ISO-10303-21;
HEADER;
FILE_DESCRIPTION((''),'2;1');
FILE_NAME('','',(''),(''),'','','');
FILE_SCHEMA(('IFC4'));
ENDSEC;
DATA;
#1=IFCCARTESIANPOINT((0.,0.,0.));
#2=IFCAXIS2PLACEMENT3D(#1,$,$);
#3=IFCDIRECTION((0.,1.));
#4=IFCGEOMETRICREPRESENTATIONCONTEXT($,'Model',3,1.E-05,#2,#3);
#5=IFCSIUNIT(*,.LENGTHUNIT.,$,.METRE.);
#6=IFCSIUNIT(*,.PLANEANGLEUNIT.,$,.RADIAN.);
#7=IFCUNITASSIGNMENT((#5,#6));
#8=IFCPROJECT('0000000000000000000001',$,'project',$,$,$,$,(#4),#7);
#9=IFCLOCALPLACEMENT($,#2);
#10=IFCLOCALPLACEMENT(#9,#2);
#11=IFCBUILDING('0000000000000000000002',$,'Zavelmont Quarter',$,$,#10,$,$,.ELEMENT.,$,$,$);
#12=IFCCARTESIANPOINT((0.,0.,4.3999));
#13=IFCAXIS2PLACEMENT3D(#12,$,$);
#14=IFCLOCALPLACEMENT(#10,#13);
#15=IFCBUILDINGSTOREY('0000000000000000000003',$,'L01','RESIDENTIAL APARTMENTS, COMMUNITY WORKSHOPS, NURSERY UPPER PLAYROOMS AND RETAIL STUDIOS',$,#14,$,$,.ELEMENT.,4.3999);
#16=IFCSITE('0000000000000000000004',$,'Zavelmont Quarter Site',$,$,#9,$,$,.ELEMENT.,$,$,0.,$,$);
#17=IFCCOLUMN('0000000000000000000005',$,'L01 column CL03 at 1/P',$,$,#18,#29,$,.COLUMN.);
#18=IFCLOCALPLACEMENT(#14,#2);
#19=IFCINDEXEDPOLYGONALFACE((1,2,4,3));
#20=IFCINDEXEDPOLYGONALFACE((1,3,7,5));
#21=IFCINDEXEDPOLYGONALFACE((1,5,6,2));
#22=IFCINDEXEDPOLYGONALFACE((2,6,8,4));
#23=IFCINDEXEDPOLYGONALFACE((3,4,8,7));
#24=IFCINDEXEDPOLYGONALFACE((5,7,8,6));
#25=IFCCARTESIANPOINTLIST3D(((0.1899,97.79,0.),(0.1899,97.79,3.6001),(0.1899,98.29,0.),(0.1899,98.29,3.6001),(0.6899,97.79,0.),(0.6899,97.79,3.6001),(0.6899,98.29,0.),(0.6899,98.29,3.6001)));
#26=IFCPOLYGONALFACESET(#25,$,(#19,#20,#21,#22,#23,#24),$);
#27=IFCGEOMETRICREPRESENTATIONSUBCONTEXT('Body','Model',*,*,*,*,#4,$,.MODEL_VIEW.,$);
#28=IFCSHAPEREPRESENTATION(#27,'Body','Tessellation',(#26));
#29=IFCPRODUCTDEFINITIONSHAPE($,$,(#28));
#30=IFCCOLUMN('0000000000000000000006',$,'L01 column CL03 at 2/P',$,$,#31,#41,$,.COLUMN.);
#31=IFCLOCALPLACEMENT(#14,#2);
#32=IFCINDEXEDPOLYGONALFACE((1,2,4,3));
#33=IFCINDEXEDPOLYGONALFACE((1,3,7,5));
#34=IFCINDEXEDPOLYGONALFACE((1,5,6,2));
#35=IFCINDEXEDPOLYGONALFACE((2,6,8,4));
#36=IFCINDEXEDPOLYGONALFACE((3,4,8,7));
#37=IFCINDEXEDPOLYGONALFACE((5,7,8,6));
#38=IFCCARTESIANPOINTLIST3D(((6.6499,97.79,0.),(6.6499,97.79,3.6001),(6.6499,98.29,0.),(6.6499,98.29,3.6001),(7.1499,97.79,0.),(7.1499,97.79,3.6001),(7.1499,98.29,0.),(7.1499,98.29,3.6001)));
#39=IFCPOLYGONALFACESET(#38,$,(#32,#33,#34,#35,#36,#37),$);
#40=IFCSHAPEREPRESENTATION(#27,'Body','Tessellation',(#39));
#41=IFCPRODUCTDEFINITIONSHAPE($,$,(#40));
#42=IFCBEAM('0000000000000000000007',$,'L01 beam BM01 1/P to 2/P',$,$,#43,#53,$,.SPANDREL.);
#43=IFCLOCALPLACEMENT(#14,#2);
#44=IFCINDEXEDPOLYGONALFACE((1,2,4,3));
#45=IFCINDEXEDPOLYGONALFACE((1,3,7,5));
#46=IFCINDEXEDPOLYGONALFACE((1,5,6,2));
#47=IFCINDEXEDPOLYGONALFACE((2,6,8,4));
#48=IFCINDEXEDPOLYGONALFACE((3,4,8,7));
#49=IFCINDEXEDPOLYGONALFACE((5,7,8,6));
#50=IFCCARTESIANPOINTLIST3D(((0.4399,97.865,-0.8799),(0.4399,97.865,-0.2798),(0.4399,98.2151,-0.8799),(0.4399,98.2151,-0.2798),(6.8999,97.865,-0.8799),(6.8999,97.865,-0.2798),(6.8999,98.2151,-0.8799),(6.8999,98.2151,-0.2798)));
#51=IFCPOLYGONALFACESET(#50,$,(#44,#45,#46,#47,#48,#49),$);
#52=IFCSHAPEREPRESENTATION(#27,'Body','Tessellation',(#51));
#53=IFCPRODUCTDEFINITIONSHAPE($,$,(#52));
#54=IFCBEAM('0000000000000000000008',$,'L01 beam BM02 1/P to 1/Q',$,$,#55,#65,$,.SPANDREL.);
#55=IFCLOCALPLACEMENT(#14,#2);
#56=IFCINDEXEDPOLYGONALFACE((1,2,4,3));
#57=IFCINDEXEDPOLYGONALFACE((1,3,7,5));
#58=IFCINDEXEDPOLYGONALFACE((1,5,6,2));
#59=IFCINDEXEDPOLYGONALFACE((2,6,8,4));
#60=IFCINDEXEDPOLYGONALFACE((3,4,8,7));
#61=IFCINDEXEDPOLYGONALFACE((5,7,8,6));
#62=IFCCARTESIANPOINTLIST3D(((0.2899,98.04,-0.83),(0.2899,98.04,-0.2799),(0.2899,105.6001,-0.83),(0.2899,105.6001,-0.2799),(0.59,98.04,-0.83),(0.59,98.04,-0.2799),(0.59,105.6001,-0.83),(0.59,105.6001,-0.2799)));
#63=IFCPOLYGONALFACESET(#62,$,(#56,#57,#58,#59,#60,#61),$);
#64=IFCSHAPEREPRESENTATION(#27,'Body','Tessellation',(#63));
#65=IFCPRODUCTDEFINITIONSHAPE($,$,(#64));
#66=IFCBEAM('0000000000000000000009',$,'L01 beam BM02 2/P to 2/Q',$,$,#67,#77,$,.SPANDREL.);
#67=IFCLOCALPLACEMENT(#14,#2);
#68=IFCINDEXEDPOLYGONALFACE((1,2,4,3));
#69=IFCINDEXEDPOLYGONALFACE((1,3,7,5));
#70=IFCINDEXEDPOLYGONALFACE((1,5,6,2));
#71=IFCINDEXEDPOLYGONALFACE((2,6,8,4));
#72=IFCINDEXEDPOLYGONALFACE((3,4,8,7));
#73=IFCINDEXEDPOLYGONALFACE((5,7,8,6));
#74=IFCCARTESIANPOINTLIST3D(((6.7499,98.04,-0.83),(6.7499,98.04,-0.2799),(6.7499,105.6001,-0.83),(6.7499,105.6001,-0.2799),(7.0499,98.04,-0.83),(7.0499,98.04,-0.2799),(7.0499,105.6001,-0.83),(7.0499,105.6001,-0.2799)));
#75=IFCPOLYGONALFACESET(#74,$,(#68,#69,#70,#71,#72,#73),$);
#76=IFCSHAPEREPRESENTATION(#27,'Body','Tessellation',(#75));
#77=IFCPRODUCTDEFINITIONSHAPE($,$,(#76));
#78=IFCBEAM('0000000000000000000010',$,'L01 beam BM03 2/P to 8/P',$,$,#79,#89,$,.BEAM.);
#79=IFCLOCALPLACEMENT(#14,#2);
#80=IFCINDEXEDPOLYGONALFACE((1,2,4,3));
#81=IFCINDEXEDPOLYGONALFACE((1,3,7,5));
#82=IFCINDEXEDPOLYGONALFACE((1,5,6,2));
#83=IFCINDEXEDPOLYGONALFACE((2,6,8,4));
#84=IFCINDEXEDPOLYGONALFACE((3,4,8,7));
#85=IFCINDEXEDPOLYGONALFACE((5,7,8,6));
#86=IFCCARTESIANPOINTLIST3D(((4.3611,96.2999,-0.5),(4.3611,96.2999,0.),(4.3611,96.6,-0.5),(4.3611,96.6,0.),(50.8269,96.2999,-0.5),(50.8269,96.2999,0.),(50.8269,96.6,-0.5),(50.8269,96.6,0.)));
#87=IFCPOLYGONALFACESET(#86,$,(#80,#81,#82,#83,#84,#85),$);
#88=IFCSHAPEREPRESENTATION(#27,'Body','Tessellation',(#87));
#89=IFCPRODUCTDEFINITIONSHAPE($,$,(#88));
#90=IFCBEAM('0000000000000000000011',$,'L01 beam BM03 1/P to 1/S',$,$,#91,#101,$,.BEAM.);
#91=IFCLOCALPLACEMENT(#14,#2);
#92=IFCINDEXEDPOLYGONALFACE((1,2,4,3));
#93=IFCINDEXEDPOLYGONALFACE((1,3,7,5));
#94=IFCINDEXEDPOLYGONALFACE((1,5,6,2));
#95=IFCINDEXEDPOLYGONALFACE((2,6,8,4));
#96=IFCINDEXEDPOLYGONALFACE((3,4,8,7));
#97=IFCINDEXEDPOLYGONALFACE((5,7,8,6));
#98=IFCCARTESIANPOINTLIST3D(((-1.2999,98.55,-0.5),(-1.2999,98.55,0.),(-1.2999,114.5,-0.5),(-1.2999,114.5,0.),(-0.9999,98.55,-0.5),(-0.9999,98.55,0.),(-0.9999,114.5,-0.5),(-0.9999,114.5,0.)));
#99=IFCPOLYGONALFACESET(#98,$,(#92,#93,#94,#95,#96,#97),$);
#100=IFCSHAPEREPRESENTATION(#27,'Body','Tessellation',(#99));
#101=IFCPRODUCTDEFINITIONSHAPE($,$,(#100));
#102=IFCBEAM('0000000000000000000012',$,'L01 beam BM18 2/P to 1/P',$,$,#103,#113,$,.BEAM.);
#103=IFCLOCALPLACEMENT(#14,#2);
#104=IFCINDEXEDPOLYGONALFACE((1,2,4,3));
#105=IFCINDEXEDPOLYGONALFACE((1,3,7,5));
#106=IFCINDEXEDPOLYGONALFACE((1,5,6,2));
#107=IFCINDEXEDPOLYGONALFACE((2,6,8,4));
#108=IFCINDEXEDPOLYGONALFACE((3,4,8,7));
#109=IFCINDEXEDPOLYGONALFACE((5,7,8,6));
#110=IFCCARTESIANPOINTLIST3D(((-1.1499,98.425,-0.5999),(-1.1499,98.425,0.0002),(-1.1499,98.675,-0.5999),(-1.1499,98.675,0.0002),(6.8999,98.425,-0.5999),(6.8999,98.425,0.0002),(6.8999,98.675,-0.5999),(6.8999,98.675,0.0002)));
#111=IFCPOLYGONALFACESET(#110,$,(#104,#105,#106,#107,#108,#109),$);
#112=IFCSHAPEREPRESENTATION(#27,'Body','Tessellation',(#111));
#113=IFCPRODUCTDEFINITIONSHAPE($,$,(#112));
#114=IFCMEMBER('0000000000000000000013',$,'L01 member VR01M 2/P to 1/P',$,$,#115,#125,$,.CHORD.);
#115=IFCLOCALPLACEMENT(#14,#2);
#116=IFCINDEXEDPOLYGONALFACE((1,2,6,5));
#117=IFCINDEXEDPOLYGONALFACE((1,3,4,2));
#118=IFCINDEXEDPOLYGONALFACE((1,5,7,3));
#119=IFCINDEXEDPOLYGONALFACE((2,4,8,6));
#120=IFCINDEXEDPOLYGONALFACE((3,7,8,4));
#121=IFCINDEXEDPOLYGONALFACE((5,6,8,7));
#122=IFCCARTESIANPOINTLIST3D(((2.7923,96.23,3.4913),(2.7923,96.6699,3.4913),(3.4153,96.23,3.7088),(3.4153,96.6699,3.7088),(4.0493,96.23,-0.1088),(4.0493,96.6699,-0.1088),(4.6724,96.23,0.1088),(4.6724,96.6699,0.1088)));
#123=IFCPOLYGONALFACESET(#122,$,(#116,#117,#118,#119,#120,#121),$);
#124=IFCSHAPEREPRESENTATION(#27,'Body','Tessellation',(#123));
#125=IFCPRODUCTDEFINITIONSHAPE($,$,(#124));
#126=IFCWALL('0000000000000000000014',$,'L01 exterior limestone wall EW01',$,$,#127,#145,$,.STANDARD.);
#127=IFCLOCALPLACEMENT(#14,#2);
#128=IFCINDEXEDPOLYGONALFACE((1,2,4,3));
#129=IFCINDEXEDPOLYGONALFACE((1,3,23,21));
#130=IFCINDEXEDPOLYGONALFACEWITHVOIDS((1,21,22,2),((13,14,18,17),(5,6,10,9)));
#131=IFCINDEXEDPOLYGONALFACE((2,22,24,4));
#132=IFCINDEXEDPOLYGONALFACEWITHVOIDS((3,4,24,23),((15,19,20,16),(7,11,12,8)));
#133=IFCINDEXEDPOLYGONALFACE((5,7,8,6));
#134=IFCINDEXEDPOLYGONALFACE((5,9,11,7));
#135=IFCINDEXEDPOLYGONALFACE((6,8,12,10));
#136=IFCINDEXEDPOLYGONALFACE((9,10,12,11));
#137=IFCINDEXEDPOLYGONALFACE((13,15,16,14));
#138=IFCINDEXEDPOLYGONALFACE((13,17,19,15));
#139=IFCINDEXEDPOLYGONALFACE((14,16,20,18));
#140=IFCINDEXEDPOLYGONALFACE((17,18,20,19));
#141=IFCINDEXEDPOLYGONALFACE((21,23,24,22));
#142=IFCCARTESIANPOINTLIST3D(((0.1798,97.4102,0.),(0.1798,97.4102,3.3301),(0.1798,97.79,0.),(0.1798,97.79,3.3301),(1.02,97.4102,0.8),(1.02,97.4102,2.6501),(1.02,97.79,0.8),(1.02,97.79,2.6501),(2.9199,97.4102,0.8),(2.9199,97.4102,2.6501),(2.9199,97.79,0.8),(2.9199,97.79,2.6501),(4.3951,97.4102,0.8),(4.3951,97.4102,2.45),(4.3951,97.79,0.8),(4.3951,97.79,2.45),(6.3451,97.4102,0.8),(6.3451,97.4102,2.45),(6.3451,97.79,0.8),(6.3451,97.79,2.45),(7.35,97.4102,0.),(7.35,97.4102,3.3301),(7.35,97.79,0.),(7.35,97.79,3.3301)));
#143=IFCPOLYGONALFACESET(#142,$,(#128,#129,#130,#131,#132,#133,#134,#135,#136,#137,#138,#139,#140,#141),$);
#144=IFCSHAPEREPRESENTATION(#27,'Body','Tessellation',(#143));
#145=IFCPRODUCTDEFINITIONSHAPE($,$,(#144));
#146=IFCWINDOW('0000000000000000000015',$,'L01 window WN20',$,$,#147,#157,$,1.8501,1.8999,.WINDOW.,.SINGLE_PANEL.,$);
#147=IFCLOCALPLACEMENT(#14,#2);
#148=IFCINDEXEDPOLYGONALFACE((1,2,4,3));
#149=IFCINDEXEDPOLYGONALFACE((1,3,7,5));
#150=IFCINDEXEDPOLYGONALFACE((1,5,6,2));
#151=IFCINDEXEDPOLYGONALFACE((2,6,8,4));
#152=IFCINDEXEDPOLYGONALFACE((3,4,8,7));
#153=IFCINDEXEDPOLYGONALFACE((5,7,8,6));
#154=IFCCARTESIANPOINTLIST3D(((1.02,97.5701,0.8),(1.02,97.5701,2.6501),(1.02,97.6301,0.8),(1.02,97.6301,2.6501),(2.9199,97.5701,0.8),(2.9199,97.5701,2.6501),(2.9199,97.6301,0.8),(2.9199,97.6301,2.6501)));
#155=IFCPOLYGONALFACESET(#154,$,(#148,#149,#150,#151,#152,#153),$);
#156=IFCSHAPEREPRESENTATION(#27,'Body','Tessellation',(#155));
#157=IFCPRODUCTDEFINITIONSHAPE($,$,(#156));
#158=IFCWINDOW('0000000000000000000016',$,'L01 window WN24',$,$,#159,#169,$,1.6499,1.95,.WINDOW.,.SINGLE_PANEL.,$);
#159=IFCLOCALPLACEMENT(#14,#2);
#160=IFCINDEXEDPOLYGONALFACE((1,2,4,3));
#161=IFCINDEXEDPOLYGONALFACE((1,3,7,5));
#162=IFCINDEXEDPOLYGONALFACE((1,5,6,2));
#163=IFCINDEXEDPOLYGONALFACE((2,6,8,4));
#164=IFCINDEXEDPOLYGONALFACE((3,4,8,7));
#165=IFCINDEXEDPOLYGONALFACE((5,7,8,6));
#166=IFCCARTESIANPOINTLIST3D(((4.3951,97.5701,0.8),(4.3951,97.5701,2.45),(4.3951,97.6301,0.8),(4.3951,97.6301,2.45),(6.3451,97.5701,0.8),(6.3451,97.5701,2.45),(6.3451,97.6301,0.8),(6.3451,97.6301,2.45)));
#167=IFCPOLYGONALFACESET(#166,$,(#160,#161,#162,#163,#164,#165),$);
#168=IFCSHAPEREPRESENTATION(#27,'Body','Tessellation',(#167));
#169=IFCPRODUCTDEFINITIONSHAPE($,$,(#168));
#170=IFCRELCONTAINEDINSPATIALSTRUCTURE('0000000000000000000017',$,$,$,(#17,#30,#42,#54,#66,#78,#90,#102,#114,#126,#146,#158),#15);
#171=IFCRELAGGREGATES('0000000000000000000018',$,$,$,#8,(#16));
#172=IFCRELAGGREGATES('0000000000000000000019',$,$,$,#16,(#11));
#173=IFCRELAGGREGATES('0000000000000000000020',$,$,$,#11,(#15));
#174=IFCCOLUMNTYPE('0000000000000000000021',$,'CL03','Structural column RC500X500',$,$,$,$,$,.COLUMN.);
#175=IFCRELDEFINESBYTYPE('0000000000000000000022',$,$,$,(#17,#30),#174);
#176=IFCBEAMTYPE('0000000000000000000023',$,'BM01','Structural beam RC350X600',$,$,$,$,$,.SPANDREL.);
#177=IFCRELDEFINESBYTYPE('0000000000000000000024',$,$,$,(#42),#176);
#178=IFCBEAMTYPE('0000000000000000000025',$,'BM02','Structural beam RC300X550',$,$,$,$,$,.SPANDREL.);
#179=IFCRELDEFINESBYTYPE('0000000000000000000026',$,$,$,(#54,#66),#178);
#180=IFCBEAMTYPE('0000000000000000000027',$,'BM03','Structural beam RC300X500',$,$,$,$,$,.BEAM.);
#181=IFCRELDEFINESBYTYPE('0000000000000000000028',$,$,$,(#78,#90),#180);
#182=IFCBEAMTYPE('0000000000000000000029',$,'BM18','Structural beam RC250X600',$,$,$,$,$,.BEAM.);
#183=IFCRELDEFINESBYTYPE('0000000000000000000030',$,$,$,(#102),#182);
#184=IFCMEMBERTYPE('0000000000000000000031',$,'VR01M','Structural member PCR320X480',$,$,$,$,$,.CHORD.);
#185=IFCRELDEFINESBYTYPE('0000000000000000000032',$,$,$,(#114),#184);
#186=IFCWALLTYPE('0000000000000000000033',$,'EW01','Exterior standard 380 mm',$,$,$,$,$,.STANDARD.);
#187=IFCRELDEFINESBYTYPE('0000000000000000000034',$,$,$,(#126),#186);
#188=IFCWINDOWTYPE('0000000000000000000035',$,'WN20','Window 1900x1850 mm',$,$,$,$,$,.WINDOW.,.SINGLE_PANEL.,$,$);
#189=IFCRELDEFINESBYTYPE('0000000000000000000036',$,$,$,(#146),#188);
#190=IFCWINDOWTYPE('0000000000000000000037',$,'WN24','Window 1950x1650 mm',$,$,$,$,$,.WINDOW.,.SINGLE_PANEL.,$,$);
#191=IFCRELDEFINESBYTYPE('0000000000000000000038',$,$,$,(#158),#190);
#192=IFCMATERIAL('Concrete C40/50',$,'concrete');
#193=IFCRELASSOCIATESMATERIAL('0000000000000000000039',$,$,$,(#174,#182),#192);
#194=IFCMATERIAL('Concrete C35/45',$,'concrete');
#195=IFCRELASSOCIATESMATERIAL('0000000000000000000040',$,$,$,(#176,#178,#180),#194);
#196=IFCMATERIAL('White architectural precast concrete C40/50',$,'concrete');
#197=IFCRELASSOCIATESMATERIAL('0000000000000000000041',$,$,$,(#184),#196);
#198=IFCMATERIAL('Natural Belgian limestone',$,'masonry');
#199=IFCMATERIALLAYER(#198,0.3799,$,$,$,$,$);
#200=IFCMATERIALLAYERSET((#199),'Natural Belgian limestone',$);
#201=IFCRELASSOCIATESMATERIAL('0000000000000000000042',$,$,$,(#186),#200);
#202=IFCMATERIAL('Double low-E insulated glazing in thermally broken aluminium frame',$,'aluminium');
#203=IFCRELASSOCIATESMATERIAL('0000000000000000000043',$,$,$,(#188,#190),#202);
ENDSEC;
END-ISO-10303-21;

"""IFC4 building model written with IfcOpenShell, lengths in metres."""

from ifc_helpers import new_model, si_unit, direction, frame, frame_2d, origin, origin_with_axes, origin_2d, place, context, subcontext, project, spatial, rectangle, extrude, material, layer, layer_set, material_profile, profile_set, type_object, element, fill, save


model = new_model("IFC4")

# Units and contexts
model_context = context("Model", 3, precision=1e-05, world=origin(), true_north=direction((0.0, 1.0)))
body_context = subcontext(model_context, "Body", "Model", "MODEL_VIEW")
ifc_project = project(units=[si_unit("LENGTHUNIT", "METRE"), si_unit("PLANEANGLEUNIT", "RADIAN")], contexts=[model_context])

# Site, building, storey
site_placement = place(None, origin())
site = spatial("IfcSite", under=ifc_project, at=site_placement, Name="Zavelmont Quarter Site", CompositionType="ELEMENT", RefElevation=0.0)
building_placement = place(site_placement, origin())
building = spatial("IfcBuilding", under=site, at=building_placement, Name="Zavelmont Quarter", CompositionType="ELEMENT")
storey_placement = place(building_placement, frame((0.0, 0.0, 4.3999)))
storey = spatial("IfcBuildingStorey", under=building, at=storey_placement, Name="L01", Description="RESIDENTIAL APARTMENTS, COMMUNITY WORKSHOPS, NURSERY UPPER PLAYROOMS AND RETAIL STUDIOS", CompositionType="ELEMENT", Elevation=4.3999)

# Columns
ifc_material_1 = material(Name="Concrete C40/50", Category="concrete")
ifc_material_profile_1 = material_profile(ifc_material_1, rectangle(XDim=0.5, YDim=0.5, at=origin_2d()), Name="RC500X500")
ifc_profile_set_1 = profile_set([ifc_material_profile_1], Name="Concrete C40/50")
column_type = type_object("IfcColumnType", Name="CL03", Description="Structural column RC500X500", PredefinedType="COLUMN", material=ifc_profile_set_1)
for number, where, z_axis, x_axis, name in (
    (1, (0.4399, 98.04, 0.0), (0.0, 0.0, 1.0), (1.0, 0.0, 0.0), "L01 column CL03 at 1/P"),
    (2, (6.8999, 98.04, 0.0), (0.0, 0.0, 1.0), (1.0, 0.0, 0.0), "L01 column CL03 at 2/P"),
):
    element("IfcColumn", number, at=place(storey_placement, frame(where, z_axis=z_axis, x_axis=x_axis)), inside=storey, type_object=column_type, Name=name, PredefinedType="COLUMN", context=body_context, shape_type="SweptSolid", body=[
        extrude(rectangle(XDim=0.5, YDim=0.5, at=origin_2d()), origin(), (0.0, 0.0, 1.0), 3.6001),
    ])

# Beams
ifc_material_2 = material(Name="Concrete C35/45", Category="concrete")
ifc_material_profile_2 = material_profile(ifc_material_2, rectangle(XDim=0.3501, YDim=0.6001, at=origin_2d()), Name="RC350X600")
ifc_profile_set_2 = profile_set([ifc_material_profile_2], Name="Concrete C35/45")
beam_type_1 = type_object("IfcBeamType", Name="BM01", Description="Structural beam RC350X600", PredefinedType="SPANDREL", material=ifc_profile_set_2)
beam_1_placement = place(storey_placement, frame((0.4399, 98.04, -0.5798), z_axis=(1.0, 0.0, 0.0), x_axis=(0.0, 1.0, 0.0)))
element("IfcBeam", 3, at=beam_1_placement, inside=storey, type_object=beam_type_1, Name="L01 beam BM01 1/P to 2/P", PredefinedType="SPANDREL", context=body_context, shape_type="SweptSolid", body=[
    extrude(rectangle(XDim=0.3501, YDim=0.6001, at=origin_2d()), origin(), (0.0, 0.0, 1.0), 6.46),
])
ifc_material_profile_3 = material_profile(ifc_material_2, rectangle(XDim=0.3, YDim=0.55, at=origin_2d()), Name="RC300X550")
ifc_profile_set_3 = profile_set([ifc_material_profile_3], Name="Concrete C35/45")
beam_type_2 = type_object("IfcBeamType", Name="BM02", Description="Structural beam RC300X550", PredefinedType="SPANDREL", material=ifc_profile_set_3)
for number, where, z_axis, x_axis, name in (
    (4, (0.4399, 98.04, -0.5549), (0.0, 1.0, 0.0), (-1.0, 0.0, 0.0), "L01 beam BM02 1/P to 1/Q"),
    (5, (6.8999, 98.04, -0.5549), (0.0, 1.0, 0.0), (-1.0, 0.0, 0.0), "L01 beam BM02 2/P to 2/Q"),
):
    element("IfcBeam", number, at=place(storey_placement, frame(where, z_axis=z_axis, x_axis=x_axis)), inside=storey, type_object=beam_type_2, Name=name, PredefinedType="SPANDREL", context=body_context, shape_type="SweptSolid", body=[
        extrude(rectangle(XDim=0.3, YDim=0.55, at=origin_2d()), origin(), (0.0, 0.0, 1.0), 7.5601),
    ])
ifc_material_profile_4 = material_profile(ifc_material_2, rectangle(XDim=0.3, YDim=0.5, at=origin_2d()), Name="RC300X500")
ifc_profile_set_4 = profile_set([ifc_material_profile_4], Name="Concrete C35/45")
beam_type_3 = type_object("IfcBeamType", Name="BM03", Description="Structural beam RC300X500", PredefinedType="BEAM", material=ifc_profile_set_4)
beam_2_placement = place(storey_placement, frame((4.3611, 96.45, -0.25), z_axis=(1.0, 0.0, 0.0), x_axis=(0.0, 1.0, 0.0)))
element("IfcBeam", 6, at=beam_2_placement, inside=storey, type_object=beam_type_3, Name="L01 beam BM03 2/P to 8/P", PredefinedType="BEAM", context=body_context, shape_type="SweptSolid", body=[
    extrude(rectangle(XDim=0.3, YDim=0.5, at=origin_2d()), origin(), (0.0, 0.0, 1.0), 46.4658),
])
beam_3_placement = place(storey_placement, frame((-1.1499, 98.55, -0.25), z_axis=(0.0, 1.0, 0.0), x_axis=(-1.0, 0.0, 0.0)))
element("IfcBeam", 7, at=beam_3_placement, inside=storey, type_object=beam_type_3, Name="L01 beam BM03 1/P to 1/S", PredefinedType="BEAM", context=body_context, shape_type="SweptSolid", body=[
    extrude(rectangle(XDim=0.3, YDim=0.5, at=origin_2d()), origin(), (0.0, 0.0, 1.0), 15.95),
])
ifc_material_profile_5 = material_profile(ifc_material_1, rectangle(XDim=0.25, YDim=0.6001, at=origin_2d()), Name="RC250X600")
ifc_profile_set_5 = profile_set([ifc_material_profile_5], Name="Concrete C40/50")
beam_type_4 = type_object("IfcBeamType", Name="BM18", Description="Structural beam RC250X600", PredefinedType="BEAM", material=ifc_profile_set_5)
beam_4_placement = place(storey_placement, frame((6.8999, 98.55, -0.2998), z_axis=(-1.0, 0.0, 0.0), x_axis=(0.0, -1.0, 0.0)))
element("IfcBeam", 8, at=beam_4_placement, inside=storey, type_object=beam_type_4, Name="L01 beam BM18 2/P to 1/P", PredefinedType="BEAM", context=body_context, shape_type="SweptSolid", body=[
    extrude(rectangle(XDim=0.25, YDim=0.6001, at=origin_2d()), origin(), (0.0, 0.0, 1.0), 8.0498),
])

# Member
ifc_material_3 = material(Name="White architectural precast concrete C40/50", Category="concrete")
ifc_material_profile_6 = material_profile(ifc_material_3, rectangle(XDim=0.4399, YDim=0.6599, at=origin_2d()), Name="PCR320X480")
ifc_profile_set_6 = profile_set([ifc_material_profile_6], Name="White architectural precast concrete C40/50")
member_type = type_object("IfcMemberType", Name="VR01M", Description="Structural member PCR320X480", PredefinedType="CHORD", material=ifc_profile_set_6)
member_placement = place(storey_placement, frame((4.3608, 96.45, 0.0), z_axis=(-0.32966, 0.0, 0.9441), x_axis=(0.0, -1.0, 0.0)))
element("IfcMember", 9, at=member_placement, inside=storey, type_object=member_type, Name="L01 member VR01M 2/P to 1/P", PredefinedType="CHORD", context=body_context, shape_type="SweptSolid", body=[
    extrude(rectangle(XDim=0.4399, YDim=0.6599, at=origin_2d()), origin(), (0.0, 0.0, 1.0), 3.8132),
])

# Wall, openings, windows
ifc_material_4 = material(Name="Natural Belgian limestone", Category="masonry")
ifc_layer_1 = layer(ifc_material_4, 0.3799)
ifc_layer_set_1 = layer_set([ifc_layer_1], Name="Natural Belgian limestone")
wall_type_1 = type_object("IfcWallType", Name="EW01", Description="Exterior standard 380 mm", PredefinedType="STANDARD", material=ifc_layer_set_1)
wall_1_placement = place(storey_placement, frame((0.1799, 97.6001, 0.0), z_axis=(0.0, 0.0, 1.0), x_axis=(1.0, 0.0, 0.0)))
wall_1 = element("IfcWall", 10, at=wall_1_placement, inside=storey, type_object=wall_type_1, Name="L01 exterior limestone wall EW01", PredefinedType="STANDARD", context=body_context, shape_type="SweptSolid", body=[
    extrude(rectangle(XDim=7.1702, YDim=0.3799, at=frame_2d((3.585, 0.0))), origin(), (0.0, 0.0, 1.0), 3.3301),
])
opening_1_placement = place(wall_1_placement, frame((0.8401, 0.0, 0.8)))
opening_1 = element("IfcOpeningElement", 11, at=opening_1_placement, cuts=wall_1, PredefinedType="OPENING", context=body_context, shape_type="SweptSolid", body=[
    extrude(rectangle(XDim=1.8999, YDim=1.8501, at=frame_2d((0.95, 0.925))), frame((0.0, 0.2019, 0.0), z_axis=(0.0, -1.0, 0.0), x_axis=(1.0, 0.0, 0.0)), (0.0, 0.0, 1.0), 0.4038),
])
opening_2_placement = place(wall_1_placement, frame((4.2151, 0.0, 0.8)))
opening_2 = element("IfcOpeningElement", 12, at=opening_2_placement, cuts=wall_1, PredefinedType="OPENING", context=body_context, shape_type="SweptSolid", body=[
    extrude(rectangle(XDim=1.95, YDim=1.6499, at=frame_2d((0.9751, 0.825))), frame((0.0, 0.2019, 0.0), z_axis=(0.0, -1.0, 0.0), x_axis=(1.0, 0.0, 0.0)), (0.0, 0.0, 1.0), 0.4038),
])
ifc_material_5 = material(Name="Double low-E insulated glazing in thermally broken aluminium frame", Category="aluminium")
window_type_1 = type_object("IfcWindowType", Name="WN20", Description="Window 1900x1850 mm", PartitioningType="SINGLE_PANEL", PredefinedType="WINDOW", material=ifc_material_5)
window_1_placement = place(opening_1_placement, origin_with_axes())
window_1 = element("IfcWindow", 13, at=window_1_placement, inside=storey, type_object=window_type_1, Name="L01 window WN20", OverallHeight=1.8501, OverallWidth=1.8999, PartitioningType="SINGLE_PANEL", PredefinedType="WINDOW", context=body_context, shape_type="SweptSolid", body=[
    extrude(rectangle(XDim=1.8999, YDim=1.8501, at=frame_2d((0.95, 0.925))), frame((0.0, 0.03, 0.0), z_axis=(0.0, -1.0, 0.0), x_axis=(1.0, 0.0, 0.0)), (0.0, 0.0, 1.0), 0.0601),
])
fill(opening_1, window_1)
window_type_2 = type_object("IfcWindowType", Name="WN24", Description="Window 1950x1650 mm", PartitioningType="SINGLE_PANEL", PredefinedType="WINDOW", material=ifc_material_5)
window_2_placement = place(opening_2_placement, origin_with_axes())
window_2 = element("IfcWindow", 14, at=window_2_placement, inside=storey, type_object=window_type_2, Name="L01 window WN24", OverallHeight=1.6499, OverallWidth=1.95, PartitioningType="SINGLE_PANEL", PredefinedType="WINDOW", context=body_context, shape_type="SweptSolid", body=[
    extrude(rectangle(XDim=1.95, YDim=1.6499, at=frame_2d((0.9751, 0.825))), frame((0.0, 0.03, 0.0), z_axis=(0.0, -1.0, 0.0), x_axis=(1.0, 0.0, 0.0)), (0.0, 0.0, 1.0), 0.0601),
])
fill(opening_2, window_2)

save(model, "model.ifc")
